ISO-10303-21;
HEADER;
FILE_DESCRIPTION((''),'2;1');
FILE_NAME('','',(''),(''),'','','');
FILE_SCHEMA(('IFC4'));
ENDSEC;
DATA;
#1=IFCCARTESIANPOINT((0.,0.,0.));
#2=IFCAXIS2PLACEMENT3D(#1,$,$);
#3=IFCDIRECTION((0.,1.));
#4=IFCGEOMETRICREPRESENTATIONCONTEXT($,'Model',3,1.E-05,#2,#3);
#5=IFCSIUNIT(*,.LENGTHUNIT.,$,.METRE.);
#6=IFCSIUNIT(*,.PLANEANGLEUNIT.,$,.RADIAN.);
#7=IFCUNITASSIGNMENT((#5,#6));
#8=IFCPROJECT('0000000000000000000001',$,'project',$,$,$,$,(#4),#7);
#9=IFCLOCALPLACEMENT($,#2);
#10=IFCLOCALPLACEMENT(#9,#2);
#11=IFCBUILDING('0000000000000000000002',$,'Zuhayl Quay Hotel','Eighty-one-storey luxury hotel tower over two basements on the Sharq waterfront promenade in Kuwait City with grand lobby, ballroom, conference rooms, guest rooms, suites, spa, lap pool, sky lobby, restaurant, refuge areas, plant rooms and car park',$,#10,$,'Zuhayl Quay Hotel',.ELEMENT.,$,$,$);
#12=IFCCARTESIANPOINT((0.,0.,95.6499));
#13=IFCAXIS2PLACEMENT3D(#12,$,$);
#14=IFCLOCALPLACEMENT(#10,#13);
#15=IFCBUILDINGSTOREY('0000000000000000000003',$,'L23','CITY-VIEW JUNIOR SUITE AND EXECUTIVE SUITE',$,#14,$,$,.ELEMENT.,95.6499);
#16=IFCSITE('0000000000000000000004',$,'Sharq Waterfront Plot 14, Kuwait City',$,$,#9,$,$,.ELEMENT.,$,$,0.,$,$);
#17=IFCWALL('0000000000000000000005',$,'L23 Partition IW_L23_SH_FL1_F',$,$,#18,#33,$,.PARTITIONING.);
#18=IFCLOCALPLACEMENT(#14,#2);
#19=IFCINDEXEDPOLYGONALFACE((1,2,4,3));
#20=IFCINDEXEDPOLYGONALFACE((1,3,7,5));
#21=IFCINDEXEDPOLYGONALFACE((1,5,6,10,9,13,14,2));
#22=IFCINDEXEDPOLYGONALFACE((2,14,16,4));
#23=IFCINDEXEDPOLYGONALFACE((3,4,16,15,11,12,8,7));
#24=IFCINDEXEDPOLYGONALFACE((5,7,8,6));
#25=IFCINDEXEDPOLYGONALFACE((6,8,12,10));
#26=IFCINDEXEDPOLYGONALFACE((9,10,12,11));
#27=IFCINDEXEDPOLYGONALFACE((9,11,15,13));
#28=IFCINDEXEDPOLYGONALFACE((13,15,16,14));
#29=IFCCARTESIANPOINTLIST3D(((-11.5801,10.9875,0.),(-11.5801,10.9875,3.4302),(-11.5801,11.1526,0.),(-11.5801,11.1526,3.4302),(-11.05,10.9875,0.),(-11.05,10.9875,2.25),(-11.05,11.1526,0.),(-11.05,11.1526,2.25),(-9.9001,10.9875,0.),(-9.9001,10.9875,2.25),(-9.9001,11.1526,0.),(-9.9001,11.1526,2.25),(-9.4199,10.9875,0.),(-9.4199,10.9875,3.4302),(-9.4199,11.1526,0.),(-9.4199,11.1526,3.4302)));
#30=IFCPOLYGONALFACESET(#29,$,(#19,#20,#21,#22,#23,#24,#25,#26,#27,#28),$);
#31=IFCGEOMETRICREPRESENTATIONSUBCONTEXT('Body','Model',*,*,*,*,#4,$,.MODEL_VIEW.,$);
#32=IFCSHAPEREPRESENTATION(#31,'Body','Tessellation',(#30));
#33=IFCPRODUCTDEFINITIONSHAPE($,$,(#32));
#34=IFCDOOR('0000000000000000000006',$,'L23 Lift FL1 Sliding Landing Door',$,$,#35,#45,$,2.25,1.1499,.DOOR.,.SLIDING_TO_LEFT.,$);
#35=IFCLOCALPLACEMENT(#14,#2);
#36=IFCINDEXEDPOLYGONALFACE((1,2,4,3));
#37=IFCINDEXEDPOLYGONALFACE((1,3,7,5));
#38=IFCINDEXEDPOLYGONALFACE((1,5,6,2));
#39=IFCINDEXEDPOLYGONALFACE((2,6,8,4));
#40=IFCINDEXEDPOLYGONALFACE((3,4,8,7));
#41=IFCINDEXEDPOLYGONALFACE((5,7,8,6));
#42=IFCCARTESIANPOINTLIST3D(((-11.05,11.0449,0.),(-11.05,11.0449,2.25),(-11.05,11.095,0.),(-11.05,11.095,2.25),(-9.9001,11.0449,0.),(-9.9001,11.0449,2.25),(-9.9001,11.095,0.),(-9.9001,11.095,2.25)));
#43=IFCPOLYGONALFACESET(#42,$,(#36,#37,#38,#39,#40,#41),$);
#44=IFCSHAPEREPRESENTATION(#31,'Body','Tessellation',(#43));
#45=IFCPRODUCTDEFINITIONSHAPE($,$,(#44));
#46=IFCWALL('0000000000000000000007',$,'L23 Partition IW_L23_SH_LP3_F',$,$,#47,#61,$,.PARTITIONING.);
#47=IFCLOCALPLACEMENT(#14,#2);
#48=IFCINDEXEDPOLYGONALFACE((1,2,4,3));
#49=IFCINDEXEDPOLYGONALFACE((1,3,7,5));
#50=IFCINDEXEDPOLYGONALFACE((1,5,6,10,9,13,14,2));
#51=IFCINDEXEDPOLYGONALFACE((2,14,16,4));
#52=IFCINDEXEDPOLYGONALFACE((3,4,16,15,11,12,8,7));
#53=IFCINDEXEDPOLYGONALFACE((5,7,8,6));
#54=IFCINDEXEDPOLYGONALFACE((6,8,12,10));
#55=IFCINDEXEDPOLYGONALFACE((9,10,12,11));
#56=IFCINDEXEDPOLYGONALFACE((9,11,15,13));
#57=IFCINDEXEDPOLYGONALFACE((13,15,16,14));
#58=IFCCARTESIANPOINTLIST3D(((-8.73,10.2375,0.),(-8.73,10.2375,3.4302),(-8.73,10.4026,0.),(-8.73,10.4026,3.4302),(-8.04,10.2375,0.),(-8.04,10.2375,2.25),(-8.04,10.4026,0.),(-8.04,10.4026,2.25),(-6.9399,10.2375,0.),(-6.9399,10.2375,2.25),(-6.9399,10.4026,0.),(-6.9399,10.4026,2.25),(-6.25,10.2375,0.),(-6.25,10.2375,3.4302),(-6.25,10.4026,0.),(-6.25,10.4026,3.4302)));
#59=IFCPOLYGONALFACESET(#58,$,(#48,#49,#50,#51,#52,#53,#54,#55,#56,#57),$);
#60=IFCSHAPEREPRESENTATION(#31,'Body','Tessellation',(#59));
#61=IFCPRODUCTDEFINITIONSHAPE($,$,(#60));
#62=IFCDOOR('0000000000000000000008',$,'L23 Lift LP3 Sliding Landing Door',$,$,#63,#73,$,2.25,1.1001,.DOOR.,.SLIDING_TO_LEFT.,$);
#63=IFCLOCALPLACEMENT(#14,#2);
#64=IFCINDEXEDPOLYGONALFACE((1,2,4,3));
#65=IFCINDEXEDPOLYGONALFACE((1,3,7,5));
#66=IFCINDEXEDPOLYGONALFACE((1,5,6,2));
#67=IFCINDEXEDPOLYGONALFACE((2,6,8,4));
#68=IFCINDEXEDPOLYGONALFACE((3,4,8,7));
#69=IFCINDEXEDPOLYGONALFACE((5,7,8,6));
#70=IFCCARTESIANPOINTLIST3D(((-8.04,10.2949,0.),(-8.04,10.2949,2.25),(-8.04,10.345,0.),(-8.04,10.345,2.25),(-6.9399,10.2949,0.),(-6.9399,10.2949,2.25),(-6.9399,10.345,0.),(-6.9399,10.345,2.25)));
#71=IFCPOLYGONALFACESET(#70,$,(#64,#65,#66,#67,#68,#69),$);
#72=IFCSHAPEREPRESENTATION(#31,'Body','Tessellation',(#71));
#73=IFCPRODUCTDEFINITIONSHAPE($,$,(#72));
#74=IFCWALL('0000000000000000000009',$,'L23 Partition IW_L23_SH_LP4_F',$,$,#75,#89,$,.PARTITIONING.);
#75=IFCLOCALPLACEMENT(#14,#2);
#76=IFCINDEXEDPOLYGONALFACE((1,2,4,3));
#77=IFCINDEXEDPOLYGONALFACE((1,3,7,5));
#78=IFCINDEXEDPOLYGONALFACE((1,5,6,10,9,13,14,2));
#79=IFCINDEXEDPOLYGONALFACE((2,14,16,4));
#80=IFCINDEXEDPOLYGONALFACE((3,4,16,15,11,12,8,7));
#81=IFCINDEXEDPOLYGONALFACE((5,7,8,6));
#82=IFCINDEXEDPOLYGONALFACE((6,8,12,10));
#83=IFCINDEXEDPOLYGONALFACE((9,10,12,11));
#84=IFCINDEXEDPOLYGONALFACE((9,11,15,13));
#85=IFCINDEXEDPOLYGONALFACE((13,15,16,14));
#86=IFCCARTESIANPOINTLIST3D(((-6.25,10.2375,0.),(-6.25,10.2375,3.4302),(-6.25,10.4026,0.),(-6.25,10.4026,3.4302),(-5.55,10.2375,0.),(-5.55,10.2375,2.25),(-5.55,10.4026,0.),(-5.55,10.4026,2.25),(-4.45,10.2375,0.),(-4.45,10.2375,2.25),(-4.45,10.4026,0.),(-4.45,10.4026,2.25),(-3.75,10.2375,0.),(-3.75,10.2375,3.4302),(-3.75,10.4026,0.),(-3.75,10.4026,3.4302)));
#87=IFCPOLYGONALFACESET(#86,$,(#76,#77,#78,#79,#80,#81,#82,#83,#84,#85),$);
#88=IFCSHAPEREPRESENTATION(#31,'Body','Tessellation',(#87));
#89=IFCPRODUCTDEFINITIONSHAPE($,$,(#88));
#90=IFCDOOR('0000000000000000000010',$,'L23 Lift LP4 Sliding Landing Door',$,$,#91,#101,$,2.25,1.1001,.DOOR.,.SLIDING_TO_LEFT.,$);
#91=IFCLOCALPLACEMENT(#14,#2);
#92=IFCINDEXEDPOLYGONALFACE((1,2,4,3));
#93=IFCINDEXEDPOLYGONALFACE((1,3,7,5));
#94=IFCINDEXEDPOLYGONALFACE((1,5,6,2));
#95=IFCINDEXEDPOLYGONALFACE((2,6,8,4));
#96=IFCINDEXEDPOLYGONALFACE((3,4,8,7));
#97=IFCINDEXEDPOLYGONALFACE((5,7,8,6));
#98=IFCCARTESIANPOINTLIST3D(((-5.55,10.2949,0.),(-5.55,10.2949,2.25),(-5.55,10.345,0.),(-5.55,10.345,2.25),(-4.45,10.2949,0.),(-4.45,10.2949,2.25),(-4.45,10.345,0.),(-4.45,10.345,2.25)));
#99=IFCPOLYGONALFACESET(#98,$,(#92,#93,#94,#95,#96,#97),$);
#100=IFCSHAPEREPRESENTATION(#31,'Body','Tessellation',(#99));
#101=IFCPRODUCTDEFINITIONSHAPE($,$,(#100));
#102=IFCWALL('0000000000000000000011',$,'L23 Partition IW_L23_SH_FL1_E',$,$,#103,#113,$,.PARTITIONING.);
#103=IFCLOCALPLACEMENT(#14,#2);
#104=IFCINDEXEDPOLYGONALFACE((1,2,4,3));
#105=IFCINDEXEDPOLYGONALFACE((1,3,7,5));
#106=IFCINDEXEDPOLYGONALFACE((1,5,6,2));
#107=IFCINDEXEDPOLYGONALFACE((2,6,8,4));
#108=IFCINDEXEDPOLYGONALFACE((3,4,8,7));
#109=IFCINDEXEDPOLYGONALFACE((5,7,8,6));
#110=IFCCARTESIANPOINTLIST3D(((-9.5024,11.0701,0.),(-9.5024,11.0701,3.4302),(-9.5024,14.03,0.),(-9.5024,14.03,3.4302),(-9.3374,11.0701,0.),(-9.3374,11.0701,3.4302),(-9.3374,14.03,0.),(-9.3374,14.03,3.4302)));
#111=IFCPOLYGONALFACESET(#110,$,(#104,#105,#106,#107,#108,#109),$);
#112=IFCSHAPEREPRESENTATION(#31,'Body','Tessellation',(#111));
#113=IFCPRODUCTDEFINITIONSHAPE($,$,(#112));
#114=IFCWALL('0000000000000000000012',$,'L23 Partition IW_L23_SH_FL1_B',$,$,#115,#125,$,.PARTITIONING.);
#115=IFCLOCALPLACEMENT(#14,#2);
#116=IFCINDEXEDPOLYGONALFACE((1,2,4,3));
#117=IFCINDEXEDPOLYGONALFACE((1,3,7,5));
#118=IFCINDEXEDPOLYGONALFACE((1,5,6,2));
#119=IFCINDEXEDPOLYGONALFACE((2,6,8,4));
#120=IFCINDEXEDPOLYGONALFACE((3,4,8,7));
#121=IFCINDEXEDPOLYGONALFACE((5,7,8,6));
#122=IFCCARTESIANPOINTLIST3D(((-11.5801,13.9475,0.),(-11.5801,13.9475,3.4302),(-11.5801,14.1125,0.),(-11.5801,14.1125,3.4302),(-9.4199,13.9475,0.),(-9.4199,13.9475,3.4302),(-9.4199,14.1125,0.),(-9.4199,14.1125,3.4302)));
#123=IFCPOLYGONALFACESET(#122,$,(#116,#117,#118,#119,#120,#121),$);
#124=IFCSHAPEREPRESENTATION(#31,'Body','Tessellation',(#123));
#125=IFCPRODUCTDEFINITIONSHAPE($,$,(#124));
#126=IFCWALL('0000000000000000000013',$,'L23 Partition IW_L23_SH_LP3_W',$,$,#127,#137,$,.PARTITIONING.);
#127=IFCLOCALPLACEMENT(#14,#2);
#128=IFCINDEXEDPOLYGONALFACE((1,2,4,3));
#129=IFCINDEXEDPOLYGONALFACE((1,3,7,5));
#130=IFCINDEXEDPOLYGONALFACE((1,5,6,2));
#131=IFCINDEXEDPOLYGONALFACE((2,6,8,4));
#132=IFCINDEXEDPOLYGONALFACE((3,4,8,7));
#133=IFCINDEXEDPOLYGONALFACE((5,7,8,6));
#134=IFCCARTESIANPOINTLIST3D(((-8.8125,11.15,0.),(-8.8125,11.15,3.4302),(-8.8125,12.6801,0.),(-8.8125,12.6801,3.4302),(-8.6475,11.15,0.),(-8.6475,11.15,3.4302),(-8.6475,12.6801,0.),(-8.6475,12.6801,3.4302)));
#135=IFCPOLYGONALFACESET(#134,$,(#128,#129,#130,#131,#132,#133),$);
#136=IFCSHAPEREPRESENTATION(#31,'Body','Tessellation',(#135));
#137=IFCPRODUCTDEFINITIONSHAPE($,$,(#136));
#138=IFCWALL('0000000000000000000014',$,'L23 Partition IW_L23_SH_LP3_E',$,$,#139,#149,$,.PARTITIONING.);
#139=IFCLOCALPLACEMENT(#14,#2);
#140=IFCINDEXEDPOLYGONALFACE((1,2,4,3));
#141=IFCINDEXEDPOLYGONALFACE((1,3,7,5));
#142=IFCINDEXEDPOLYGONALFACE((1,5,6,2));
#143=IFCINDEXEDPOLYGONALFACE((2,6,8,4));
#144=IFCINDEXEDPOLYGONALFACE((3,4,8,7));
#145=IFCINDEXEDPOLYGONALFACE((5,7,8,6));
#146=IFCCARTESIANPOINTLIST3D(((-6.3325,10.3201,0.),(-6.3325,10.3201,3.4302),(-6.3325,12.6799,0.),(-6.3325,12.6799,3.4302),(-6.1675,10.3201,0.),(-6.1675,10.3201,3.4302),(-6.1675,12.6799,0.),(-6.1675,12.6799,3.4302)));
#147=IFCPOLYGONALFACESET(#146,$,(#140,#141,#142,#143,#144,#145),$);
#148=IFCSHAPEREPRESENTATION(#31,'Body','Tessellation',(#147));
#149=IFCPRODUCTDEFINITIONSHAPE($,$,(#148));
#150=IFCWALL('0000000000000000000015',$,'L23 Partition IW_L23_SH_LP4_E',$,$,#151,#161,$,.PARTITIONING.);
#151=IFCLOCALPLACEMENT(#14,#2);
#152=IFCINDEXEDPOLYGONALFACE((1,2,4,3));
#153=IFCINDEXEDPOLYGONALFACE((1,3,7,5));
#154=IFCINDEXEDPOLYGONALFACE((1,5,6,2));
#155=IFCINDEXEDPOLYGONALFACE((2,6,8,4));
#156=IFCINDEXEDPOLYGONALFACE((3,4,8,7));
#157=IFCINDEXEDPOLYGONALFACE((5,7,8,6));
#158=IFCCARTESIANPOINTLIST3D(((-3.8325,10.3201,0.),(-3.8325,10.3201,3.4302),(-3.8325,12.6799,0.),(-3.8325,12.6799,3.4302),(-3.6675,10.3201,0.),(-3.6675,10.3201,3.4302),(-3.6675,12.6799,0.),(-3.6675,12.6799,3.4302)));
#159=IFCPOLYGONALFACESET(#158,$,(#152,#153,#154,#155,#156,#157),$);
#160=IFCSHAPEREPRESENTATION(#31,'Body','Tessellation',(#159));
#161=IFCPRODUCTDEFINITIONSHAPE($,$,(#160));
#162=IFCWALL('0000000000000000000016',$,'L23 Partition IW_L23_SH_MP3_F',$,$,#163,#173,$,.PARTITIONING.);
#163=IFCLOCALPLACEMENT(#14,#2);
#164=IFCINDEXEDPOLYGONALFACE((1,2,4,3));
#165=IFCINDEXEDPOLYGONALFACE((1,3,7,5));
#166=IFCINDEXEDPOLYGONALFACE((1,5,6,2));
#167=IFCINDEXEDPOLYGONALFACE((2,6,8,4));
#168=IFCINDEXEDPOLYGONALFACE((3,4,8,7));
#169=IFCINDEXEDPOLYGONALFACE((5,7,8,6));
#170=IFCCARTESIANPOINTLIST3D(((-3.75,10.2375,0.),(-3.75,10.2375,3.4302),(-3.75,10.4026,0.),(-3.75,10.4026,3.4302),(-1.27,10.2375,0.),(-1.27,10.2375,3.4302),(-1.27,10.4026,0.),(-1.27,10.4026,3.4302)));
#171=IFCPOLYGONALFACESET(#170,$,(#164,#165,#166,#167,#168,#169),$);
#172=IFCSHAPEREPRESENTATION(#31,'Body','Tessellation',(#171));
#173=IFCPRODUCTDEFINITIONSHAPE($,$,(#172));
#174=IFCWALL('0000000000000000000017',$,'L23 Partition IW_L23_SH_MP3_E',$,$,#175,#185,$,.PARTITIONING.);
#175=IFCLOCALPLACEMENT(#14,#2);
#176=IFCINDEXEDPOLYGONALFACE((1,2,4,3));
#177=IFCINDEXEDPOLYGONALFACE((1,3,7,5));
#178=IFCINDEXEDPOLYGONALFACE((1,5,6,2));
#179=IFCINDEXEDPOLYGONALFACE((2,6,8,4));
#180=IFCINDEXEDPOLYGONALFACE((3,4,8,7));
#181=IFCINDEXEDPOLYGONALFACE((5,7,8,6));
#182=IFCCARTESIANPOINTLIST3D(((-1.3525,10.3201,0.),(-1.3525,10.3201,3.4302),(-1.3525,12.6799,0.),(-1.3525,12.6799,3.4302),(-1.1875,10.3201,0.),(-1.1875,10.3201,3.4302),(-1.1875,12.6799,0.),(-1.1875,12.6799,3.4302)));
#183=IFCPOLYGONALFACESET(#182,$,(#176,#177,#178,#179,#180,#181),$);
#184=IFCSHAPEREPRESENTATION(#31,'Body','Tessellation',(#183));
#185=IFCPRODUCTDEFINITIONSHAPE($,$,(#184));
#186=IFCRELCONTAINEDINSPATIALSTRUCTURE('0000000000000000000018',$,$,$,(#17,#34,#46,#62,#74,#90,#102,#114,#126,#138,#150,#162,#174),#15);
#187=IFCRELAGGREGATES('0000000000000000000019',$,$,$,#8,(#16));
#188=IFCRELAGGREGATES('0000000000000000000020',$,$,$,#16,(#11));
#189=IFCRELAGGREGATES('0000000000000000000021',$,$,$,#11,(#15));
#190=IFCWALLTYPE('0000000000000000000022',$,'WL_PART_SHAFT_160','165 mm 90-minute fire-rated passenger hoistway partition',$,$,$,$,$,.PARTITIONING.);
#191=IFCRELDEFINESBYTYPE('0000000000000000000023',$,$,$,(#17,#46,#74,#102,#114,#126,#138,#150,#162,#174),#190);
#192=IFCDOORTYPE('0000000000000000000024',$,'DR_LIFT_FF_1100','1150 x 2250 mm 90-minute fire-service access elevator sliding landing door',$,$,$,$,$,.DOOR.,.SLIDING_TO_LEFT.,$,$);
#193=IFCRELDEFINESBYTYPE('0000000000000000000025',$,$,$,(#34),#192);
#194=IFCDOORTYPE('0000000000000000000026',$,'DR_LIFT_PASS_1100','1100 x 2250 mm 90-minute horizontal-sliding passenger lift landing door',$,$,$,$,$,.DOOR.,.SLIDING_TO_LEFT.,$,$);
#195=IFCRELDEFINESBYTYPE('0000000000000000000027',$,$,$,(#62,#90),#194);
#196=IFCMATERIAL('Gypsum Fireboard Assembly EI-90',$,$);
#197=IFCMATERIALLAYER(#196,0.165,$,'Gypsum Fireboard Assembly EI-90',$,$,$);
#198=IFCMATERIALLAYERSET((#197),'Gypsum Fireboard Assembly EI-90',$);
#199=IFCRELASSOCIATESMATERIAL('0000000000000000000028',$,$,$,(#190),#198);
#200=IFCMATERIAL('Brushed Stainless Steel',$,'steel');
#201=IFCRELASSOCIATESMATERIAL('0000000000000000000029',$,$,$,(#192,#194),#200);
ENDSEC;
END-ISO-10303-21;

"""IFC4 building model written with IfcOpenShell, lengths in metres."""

from ifc_helpers import new_model, si_unit, direction, frame, frame_2d, origin, place, context, subcontext, project, spatial, rectangle, extrude, material, layer, layer_set, type_object, element, fill, save


model = new_model("IFC4")

# Units and contexts
model_context = context("Model", 3, precision=1e-05, world=origin(), true_north=direction((0.0, 1.0)))
body_context = subcontext(model_context, "Body", "Model", "MODEL_VIEW")
ifc_project = project(units=[si_unit("LENGTHUNIT", "METRE"), si_unit("PLANEANGLEUNIT", "RADIAN")], contexts=[model_context])

# Site, building, storey
site_placement = place(None, origin())
site = spatial("IfcSite", under=ifc_project, at=site_placement, Name="Sharq Waterfront Plot 14, Kuwait City", CompositionType="ELEMENT", RefElevation=0.0)
building_placement = place(site_placement, origin())
building = spatial("IfcBuilding", under=site, at=building_placement, Name="Zuhayl Quay Hotel", Description="Eighty-one-storey luxury hotel tower over two basements on the Sharq waterfront promenade in Kuwait City with grand lobby, ballroom, conference rooms, guest rooms, suites, spa, lap pool, sky lobby, restaurant, refuge areas, plant rooms and car park", LongName="Zuhayl Quay Hotel", CompositionType="ELEMENT")
storey_placement = place(building_placement, frame((0.0, 0.0, 95.6499)))
storey = spatial("IfcBuildingStorey", under=building, at=storey_placement, Name="L23", Description="CITY-VIEW JUNIOR SUITE AND EXECUTIVE SUITE", CompositionType="ELEMENT", Elevation=95.6499)

# Walls, openings, doors
ifc_material_1 = material(Name="Gypsum Fireboard Assembly EI-90")
ifc_layer_1 = layer(ifc_material_1, 0.165, Name="Gypsum Fireboard Assembly EI-90")
ifc_layer_set_1 = layer_set([ifc_layer_1], Name="Gypsum Fireboard Assembly EI-90")
wall_type_1 = type_object("IfcWallType", Name="WL_PART_SHAFT_160", Description="165 mm 90-minute fire-rated passenger hoistway partition", PredefinedType="PARTITIONING", material=ifc_layer_set_1)
wall_1_placement = place(storey_placement, frame((-11.5801, 11.0701, 0.0), z_axis=(0.0, 0.0, 1.0), x_axis=(1.0, 0.0, 0.0)))
wall_1 = element("IfcWall", 1, at=wall_1_placement, inside=storey, type_object=wall_type_1, Name="L23 Partition IW_L23_SH_FL1_F", PredefinedType="PARTITIONING", context=body_context, shape_type="SweptSolid", body=[
    extrude(rectangle(XDim=2.1602, YDim=0.165, at=frame_2d((1.0801, 0.0))), origin(), (0.0, 0.0, 1.0), 3.4302),
])
opening_1_placement = place(wall_1_placement, frame((0.53, 0.0, 0.0)))
opening_1 = element("IfcOpeningElement", 2, at=opening_1_placement, cuts=wall_1, PredefinedType="OPENING", context=body_context, shape_type="SweptSolid", body=[
    extrude(rectangle(XDim=1.1499, YDim=2.25, at=frame_2d((0.575, 1.125))), frame((0.0, 0.0925, 0.0), z_axis=(0.0, -1.0, 0.0), x_axis=(1.0, 0.0, 0.0)), (0.0, 0.0, 1.0), 0.1851),
])
ifc_material_2 = material(Name="Brushed Stainless Steel", Category="steel")
door_type_1 = type_object("IfcDoorType", Name="DR_LIFT_FF_1100", Description="1150 x 2250 mm 90-minute fire-service access elevator sliding landing door", OperationType="SLIDING_TO_LEFT", PredefinedType="DOOR", material=ifc_material_2)
door_1_placement = place(opening_1_placement, origin())
door_1 = element("IfcDoor", 3, at=door_1_placement, inside=storey, type_object=door_type_1, Name="L23 Lift FL1 Sliding Landing Door", OperationType="SLIDING_TO_LEFT", OverallHeight=2.25, OverallWidth=1.1499, PredefinedType="DOOR", context=body_context, shape_type="SweptSolid", body=[
    extrude(rectangle(XDim=1.1499, YDim=2.25, at=frame_2d((0.575, 1.125))), frame((0.0, 0.0249, 0.0), z_axis=(0.0, -1.0, 0.0), x_axis=(1.0, 0.0, 0.0)), (0.0, 0.0, 1.0), 0.05),
])
fill(opening_1, door_1)
wall_2_placement = place(storey_placement, frame((-8.73, 10.3201, 0.0), z_axis=(0.0, 0.0, 1.0), x_axis=(1.0, 0.0, 0.0)))
wall_2 = element("IfcWall", 4, at=wall_2_placement, inside=storey, type_object=wall_type_1, Name="L23 Partition IW_L23_SH_LP3_F", PredefinedType="PARTITIONING", context=body_context, shape_type="SweptSolid", body=[
    extrude(rectangle(XDim=2.48, YDim=0.165, at=frame_2d((1.24, 0.0))), origin(), (0.0, 0.0, 1.0), 3.4302),
])
opening_2_placement = place(wall_2_placement, frame((0.6899, 0.0, 0.0)))
opening_2 = element("IfcOpeningElement", 5, at=opening_2_placement, cuts=wall_2, PredefinedType="OPENING", context=body_context, shape_type="SweptSolid", body=[
    extrude(rectangle(XDim=1.1001, YDim=2.25, at=frame_2d((0.55, 1.125))), frame((0.0, 0.0925, 0.0), z_axis=(0.0, -1.0, 0.0), x_axis=(1.0, 0.0, 0.0)), (0.0, 0.0, 1.0), 0.1851),
])
door_type_2 = type_object("IfcDoorType", Name="DR_LIFT_PASS_1100", Description="1100 x 2250 mm 90-minute horizontal-sliding passenger lift landing door", OperationType="SLIDING_TO_LEFT", PredefinedType="DOOR", material=ifc_material_2)
door_2_placement = place(opening_2_placement, origin())
door_2 = element("IfcDoor", 6, at=door_2_placement, inside=storey, type_object=door_type_2, Name="L23 Lift LP3 Sliding Landing Door", OperationType="SLIDING_TO_LEFT", OverallHeight=2.25, OverallWidth=1.1001, PredefinedType="DOOR", context=body_context, shape_type="SweptSolid", body=[
    extrude(rectangle(XDim=1.1001, YDim=2.25, at=frame_2d((0.55, 1.125))), frame((0.0, 0.0249, 0.0), z_axis=(0.0, -1.0, 0.0), x_axis=(1.0, 0.0, 0.0)), (0.0, 0.0, 1.0), 0.05),
])
fill(opening_2, door_2)
wall_3_placement = place(storey_placement, frame((-6.25, 10.3201, 0.0), z_axis=(0.0, 0.0, 1.0), x_axis=(1.0, 0.0, 0.0)))
wall_3 = element("IfcWall", 7, at=wall_3_placement, inside=storey, type_object=wall_type_1, Name="L23 Partition IW_L23_SH_LP4_F", PredefinedType="PARTITIONING", context=body_context, shape_type="SweptSolid", body=[
    extrude(rectangle(XDim=2.5, YDim=0.165, at=frame_2d((1.25, 0.0))), origin(), (0.0, 0.0, 1.0), 3.4302),
])
opening_3_placement = place(wall_3_placement, frame((0.7, 0.0, 0.0)))
opening_3 = element("IfcOpeningElement", 8, at=opening_3_placement, cuts=wall_3, PredefinedType="OPENING", context=body_context, shape_type="SweptSolid", body=[
    extrude(rectangle(XDim=1.1001, YDim=2.25, at=frame_2d((0.55, 1.125))), frame((0.0, 0.0925, 0.0), z_axis=(0.0, -1.0, 0.0), x_axis=(1.0, 0.0, 0.0)), (0.0, 0.0, 1.0), 0.1851),
])
door_3_placement = place(opening_3_placement, origin())
door_3 = element("IfcDoor", 9, at=door_3_placement, inside=storey, type_object=door_type_2, Name="L23 Lift LP4 Sliding Landing Door", OperationType="SLIDING_TO_LEFT", OverallHeight=2.25, OverallWidth=1.1001, PredefinedType="DOOR", context=body_context, shape_type="SweptSolid", body=[
    extrude(rectangle(XDim=1.1001, YDim=2.25, at=frame_2d((0.55, 1.125))), frame((0.0, 0.0249, 0.0), z_axis=(0.0, -1.0, 0.0), x_axis=(1.0, 0.0, 0.0)), (0.0, 0.0, 1.0), 0.05),
])
fill(opening_3, door_3)

# Walls
wall_4_placement = place(storey_placement, frame((-9.4199, 11.0701, 0.0), z_axis=(0.0, 0.0, 1.0), x_axis=(0.0, 1.0, 0.0)))
element("IfcWall", 10, at=wall_4_placement, inside=storey, type_object=wall_type_1, Name="L23 Partition IW_L23_SH_FL1_E", PredefinedType="PARTITIONING", context=body_context, shape_type="SweptSolid", body=[
    extrude(rectangle(XDim=2.96, YDim=0.165, at=frame_2d((1.48, 0.0))), origin(), (0.0, 0.0, 1.0), 3.4302),
])
wall_5_placement = place(storey_placement, frame((-11.5801, 14.03, 0.0), z_axis=(0.0, 0.0, 1.0), x_axis=(1.0, 0.0, 0.0)))
element("IfcWall", 11, at=wall_5_placement, inside=storey, type_object=wall_type_1, Name="L23 Partition IW_L23_SH_FL1_B", PredefinedType="PARTITIONING", context=body_context, shape_type="SweptSolid", body=[
    extrude(rectangle(XDim=2.1602, YDim=0.165, at=frame_2d((1.0801, 0.0))), origin(), (0.0, 0.0, 1.0), 3.4302),
])
wall_6_placement = place(storey_placement, frame((-8.73, 11.1499, 0.0), z_axis=(0.0, 0.0, 1.0), x_axis=(0.0, 1.0, 0.0)))
element("IfcWall", 12, at=wall_6_placement, inside=storey, type_object=wall_type_1, Name="L23 Partition IW_L23_SH_LP3_W", PredefinedType="PARTITIONING", context=body_context, shape_type="SweptSolid", body=[
    extrude(rectangle(XDim=1.53, YDim=0.165, at=frame_2d((0.7651, 0.0))), origin(), (0.0, 0.0, 1.0), 3.4302),
])
for number, where, z_axis, x_axis, name in (
    (13, (-6.25, 10.3201, 0.0), (0.0, 0.0, 1.0), (0.0, 1.0, 0.0), "L23 Partition IW_L23_SH_LP3_E"),
    (14, (-3.75, 10.3201, 0.0), (0.0, 0.0, 1.0), (0.0, 1.0, 0.0), "L23 Partition IW_L23_SH_LP4_E"),
):
    element("IfcWall", number, at=place(storey_placement, frame(where, z_axis=z_axis, x_axis=x_axis)), inside=storey, type_object=wall_type_1, Name=name, PredefinedType="PARTITIONING", context=body_context, shape_type="SweptSolid", body=[
        extrude(rectangle(XDim=2.3599, YDim=0.165, at=frame_2d((1.1799, 0.0))), origin(), (0.0, 0.0, 1.0), 3.4302),
    ])
wall_7_placement = place(storey_placement, frame((-3.75, 10.3201, 0.0), z_axis=(0.0, 0.0, 1.0), x_axis=(1.0, 0.0, 0.0)))
element("IfcWall", 15, at=wall_7_placement, inside=storey, type_object=wall_type_1, Name="L23 Partition IW_L23_SH_MP3_F", PredefinedType="PARTITIONING", context=body_context, shape_type="SweptSolid", body=[
    extrude(rectangle(XDim=2.48, YDim=0.165, at=frame_2d((1.24, 0.0))), origin(), (0.0, 0.0, 1.0), 3.4302),
])
wall_8_placement = place(storey_placement, frame((-1.27, 10.3201, 0.0), z_axis=(0.0, 0.0, 1.0), x_axis=(0.0, 1.0, 0.0)))
element("IfcWall", 16, at=wall_8_placement, inside=storey, type_object=wall_type_1, Name="L23 Partition IW_L23_SH_MP3_E", PredefinedType="PARTITIONING", context=body_context, shape_type="SweptSolid", body=[
    extrude(rectangle(XDim=2.3599, YDim=0.165, at=frame_2d((1.1799, 0.0))), origin(), (0.0, 0.0, 1.0), 3.4302),
])

save(model, "model.ifc")
